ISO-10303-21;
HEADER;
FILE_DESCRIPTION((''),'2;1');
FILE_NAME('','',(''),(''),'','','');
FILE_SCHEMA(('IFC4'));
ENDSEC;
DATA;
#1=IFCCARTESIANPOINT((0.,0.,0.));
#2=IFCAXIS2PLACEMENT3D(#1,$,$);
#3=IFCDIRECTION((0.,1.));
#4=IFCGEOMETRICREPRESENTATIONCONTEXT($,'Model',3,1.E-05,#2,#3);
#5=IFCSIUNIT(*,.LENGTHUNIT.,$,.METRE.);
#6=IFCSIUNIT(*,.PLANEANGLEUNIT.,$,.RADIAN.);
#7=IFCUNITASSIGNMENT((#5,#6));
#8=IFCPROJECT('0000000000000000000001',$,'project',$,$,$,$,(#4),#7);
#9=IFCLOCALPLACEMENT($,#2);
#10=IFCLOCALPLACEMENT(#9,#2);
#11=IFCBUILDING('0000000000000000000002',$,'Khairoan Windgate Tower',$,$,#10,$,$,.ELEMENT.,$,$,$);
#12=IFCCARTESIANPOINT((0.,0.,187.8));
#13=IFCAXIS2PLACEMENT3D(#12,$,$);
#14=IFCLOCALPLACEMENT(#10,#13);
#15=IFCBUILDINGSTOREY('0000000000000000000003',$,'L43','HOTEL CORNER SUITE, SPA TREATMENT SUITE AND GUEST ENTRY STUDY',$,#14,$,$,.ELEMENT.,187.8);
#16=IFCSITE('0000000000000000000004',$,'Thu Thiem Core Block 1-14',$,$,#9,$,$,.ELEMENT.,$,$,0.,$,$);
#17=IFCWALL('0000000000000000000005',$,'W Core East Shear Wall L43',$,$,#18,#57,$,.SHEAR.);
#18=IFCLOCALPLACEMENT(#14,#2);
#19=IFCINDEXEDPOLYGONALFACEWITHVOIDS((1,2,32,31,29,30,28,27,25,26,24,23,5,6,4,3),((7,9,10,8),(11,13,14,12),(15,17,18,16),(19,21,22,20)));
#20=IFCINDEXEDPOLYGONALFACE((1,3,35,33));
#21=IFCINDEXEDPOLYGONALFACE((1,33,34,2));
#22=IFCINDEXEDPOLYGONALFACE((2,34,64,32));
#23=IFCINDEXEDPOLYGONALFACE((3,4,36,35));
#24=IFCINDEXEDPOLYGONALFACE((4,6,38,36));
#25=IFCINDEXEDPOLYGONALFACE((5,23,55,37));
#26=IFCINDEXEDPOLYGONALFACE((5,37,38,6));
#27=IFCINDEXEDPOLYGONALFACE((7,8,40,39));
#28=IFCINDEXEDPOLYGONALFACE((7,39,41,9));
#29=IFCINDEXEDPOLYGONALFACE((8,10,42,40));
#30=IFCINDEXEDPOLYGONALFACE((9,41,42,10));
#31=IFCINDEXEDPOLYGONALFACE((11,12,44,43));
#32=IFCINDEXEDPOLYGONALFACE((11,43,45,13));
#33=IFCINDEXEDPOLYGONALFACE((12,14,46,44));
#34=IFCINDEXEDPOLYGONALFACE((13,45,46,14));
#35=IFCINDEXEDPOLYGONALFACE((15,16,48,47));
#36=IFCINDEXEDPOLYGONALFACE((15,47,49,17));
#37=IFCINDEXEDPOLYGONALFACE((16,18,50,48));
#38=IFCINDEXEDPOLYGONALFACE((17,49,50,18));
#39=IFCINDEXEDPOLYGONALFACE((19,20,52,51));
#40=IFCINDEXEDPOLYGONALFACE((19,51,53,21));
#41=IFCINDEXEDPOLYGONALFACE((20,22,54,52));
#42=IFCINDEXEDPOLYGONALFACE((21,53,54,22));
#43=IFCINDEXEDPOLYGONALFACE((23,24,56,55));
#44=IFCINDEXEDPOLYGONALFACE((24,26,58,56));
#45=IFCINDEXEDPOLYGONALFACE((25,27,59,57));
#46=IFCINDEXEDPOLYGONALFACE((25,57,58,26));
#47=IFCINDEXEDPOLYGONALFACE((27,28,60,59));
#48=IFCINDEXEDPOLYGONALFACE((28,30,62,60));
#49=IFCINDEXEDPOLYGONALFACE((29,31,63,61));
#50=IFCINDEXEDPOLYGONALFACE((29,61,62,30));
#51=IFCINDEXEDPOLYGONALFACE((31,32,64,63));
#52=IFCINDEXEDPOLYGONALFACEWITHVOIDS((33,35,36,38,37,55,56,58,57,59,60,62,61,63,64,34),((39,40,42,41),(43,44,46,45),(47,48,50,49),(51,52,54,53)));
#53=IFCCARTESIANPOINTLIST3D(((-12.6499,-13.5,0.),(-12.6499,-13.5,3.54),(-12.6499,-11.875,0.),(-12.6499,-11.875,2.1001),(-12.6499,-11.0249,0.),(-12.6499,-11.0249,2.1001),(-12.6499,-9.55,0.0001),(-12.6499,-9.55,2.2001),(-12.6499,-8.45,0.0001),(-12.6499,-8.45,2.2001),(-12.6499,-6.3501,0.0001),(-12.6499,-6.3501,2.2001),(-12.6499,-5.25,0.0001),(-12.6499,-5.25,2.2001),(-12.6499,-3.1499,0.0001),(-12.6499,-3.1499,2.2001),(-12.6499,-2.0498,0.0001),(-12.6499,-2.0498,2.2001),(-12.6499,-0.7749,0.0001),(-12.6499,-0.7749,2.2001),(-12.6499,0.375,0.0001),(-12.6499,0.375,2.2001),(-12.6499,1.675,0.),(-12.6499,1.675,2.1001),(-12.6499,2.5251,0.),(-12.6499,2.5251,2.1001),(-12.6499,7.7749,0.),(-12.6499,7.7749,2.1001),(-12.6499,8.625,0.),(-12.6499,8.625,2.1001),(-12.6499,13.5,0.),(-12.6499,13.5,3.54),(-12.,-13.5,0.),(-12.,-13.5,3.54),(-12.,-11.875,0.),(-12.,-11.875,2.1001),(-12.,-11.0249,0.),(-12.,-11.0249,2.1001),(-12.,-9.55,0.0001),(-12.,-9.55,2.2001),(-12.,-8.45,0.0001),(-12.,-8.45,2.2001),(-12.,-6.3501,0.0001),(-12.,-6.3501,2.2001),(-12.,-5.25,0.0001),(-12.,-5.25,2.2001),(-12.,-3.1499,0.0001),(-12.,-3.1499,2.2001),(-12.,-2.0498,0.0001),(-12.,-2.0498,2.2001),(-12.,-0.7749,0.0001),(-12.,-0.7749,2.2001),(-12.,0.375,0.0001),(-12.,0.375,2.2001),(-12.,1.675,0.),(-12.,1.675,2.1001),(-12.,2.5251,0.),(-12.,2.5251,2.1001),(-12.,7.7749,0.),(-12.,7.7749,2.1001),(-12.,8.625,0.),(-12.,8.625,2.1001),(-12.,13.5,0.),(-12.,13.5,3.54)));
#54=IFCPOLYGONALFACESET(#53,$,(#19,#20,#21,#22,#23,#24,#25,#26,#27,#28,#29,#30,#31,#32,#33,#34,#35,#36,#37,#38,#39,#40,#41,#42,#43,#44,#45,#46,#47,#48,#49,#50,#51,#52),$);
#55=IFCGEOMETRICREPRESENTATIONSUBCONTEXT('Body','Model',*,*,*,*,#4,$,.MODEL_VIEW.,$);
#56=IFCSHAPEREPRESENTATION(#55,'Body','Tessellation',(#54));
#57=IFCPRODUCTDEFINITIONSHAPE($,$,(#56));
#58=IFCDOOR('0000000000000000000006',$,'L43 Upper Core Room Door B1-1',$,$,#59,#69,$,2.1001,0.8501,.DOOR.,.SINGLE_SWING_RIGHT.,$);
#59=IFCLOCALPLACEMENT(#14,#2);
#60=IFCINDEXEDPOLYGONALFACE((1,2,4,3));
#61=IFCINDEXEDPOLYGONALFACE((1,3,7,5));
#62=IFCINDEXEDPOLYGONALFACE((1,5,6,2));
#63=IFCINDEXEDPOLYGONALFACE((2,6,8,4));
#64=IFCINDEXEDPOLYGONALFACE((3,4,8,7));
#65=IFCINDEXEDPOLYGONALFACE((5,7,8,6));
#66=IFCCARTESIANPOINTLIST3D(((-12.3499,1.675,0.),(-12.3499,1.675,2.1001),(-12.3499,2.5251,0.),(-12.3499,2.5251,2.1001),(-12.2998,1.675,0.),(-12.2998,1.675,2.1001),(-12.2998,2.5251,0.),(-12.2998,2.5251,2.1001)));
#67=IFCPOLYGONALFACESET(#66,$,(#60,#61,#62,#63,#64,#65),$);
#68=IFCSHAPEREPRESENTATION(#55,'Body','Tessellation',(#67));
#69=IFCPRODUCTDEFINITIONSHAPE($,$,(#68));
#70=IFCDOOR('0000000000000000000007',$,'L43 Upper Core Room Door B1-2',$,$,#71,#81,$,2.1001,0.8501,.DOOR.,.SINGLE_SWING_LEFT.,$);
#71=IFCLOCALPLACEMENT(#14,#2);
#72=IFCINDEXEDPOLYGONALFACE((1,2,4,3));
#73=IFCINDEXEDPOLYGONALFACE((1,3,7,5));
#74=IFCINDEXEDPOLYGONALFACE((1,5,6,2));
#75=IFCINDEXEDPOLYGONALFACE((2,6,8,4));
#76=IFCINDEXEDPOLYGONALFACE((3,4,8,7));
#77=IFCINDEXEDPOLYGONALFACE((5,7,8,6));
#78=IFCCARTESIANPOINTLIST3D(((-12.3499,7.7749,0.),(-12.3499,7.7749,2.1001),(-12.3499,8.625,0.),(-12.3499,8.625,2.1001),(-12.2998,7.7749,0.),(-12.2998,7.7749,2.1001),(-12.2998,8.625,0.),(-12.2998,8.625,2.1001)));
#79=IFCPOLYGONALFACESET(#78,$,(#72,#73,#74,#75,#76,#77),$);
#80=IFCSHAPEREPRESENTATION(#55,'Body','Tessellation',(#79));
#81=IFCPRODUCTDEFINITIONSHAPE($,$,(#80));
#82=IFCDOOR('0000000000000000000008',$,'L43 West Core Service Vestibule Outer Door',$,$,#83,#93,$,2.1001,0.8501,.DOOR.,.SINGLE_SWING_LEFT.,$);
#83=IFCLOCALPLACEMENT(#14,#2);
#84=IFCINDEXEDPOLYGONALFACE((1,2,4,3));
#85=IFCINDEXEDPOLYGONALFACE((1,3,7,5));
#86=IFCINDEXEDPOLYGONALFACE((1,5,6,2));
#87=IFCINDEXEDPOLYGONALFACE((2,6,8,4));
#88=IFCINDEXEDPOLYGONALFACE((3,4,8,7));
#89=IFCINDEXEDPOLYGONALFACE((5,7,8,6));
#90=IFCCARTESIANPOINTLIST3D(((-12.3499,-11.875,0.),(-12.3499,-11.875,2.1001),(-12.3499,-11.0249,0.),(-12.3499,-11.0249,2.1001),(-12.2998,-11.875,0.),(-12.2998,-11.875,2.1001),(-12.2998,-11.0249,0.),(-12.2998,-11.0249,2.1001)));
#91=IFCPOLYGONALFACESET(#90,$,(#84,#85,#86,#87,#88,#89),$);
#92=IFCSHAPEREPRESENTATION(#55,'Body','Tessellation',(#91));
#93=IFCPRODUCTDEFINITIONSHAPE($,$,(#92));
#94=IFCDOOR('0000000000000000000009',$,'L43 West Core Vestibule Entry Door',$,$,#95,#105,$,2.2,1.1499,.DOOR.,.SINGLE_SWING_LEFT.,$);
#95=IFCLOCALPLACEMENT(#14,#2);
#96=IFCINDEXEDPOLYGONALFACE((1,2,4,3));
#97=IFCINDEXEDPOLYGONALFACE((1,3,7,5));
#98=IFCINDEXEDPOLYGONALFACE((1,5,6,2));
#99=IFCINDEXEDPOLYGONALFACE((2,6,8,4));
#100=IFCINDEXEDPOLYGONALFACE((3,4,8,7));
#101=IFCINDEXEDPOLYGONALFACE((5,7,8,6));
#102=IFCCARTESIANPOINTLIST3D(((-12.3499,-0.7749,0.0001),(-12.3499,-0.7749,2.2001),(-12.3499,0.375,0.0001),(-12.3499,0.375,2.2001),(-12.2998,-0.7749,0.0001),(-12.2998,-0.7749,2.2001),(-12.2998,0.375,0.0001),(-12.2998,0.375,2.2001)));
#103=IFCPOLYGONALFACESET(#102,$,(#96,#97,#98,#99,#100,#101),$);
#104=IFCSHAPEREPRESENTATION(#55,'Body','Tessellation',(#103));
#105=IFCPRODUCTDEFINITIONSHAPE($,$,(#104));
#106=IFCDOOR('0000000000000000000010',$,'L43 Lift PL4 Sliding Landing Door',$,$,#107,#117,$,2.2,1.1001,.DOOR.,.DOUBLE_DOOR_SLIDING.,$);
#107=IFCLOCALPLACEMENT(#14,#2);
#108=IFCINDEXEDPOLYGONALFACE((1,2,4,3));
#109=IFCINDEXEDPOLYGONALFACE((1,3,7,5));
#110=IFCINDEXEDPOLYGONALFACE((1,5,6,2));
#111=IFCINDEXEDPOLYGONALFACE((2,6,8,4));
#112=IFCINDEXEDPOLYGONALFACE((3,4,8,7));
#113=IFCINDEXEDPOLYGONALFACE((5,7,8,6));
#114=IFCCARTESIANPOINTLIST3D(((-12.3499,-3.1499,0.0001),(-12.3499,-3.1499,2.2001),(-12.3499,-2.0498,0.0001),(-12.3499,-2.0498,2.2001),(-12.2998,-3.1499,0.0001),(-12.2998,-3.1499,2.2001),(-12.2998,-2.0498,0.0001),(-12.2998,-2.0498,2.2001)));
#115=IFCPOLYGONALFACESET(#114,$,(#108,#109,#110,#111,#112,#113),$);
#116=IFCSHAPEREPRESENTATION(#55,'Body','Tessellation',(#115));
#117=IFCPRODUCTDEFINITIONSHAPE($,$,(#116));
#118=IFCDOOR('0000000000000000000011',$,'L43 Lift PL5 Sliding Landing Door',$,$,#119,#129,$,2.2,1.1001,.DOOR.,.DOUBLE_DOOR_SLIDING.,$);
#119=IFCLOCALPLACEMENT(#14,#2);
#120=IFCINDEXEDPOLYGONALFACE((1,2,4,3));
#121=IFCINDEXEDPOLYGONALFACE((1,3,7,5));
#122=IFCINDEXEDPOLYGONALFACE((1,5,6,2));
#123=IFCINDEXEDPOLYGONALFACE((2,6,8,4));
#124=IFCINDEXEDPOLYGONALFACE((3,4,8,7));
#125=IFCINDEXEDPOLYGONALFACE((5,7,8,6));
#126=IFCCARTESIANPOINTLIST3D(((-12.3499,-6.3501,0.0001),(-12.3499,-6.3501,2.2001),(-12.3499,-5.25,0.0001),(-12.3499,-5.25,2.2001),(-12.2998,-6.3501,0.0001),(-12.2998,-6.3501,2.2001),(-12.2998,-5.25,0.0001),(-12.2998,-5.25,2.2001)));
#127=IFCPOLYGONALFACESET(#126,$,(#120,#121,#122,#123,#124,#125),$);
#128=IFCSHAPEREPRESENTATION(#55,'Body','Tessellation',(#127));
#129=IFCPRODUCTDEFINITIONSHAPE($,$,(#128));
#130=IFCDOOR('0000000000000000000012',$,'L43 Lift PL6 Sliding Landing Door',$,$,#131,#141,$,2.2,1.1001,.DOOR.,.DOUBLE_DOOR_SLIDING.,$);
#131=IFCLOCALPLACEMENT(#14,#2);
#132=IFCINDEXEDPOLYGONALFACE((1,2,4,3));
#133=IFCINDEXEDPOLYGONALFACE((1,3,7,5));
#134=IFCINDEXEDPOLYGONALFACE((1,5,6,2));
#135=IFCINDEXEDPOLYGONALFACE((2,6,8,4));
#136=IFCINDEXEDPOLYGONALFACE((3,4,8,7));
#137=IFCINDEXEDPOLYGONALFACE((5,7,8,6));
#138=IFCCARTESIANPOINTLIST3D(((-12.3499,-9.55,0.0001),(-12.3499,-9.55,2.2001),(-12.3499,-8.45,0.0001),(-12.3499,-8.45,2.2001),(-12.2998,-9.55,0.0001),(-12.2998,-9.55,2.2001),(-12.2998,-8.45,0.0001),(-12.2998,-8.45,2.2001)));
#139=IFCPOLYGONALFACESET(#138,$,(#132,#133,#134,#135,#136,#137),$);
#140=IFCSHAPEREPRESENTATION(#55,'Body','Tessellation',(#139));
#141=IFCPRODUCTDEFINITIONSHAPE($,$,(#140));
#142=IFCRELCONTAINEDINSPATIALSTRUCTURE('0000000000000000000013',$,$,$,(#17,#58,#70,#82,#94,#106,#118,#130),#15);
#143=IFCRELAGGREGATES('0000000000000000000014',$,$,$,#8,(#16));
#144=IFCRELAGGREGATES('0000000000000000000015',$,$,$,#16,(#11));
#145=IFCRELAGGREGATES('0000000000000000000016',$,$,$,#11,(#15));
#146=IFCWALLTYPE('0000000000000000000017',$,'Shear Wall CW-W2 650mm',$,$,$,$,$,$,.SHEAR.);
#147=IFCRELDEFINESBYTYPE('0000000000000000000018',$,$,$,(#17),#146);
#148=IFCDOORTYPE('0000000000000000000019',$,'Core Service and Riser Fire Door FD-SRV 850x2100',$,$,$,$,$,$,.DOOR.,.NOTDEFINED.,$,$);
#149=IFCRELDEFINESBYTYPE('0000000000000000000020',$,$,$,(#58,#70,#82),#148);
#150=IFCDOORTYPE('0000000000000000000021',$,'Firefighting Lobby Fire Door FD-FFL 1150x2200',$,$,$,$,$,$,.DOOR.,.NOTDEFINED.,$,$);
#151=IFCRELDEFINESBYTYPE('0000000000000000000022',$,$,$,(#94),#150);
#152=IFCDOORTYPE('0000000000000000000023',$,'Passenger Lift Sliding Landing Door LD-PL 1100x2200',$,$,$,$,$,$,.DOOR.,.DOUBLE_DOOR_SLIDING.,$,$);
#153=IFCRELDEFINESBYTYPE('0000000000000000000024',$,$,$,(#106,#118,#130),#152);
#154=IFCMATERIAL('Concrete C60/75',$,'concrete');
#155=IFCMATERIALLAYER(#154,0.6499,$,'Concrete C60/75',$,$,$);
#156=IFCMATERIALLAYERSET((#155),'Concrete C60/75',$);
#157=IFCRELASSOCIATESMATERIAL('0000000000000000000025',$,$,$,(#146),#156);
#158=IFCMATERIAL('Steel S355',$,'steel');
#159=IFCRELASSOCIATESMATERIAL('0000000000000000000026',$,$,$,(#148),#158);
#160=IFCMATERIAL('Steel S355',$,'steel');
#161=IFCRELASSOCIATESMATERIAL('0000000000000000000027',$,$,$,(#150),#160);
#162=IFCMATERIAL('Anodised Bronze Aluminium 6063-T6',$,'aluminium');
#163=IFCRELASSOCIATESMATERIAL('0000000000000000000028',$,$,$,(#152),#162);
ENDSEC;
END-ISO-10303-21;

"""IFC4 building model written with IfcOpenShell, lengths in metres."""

from ifc_helpers import new_model, si_unit, direction, frame, frame_2d, origin, place, context, subcontext, project, spatial, rectangle, extrude, material, layer, layer_set, type_object, element, fill, save


model = new_model("IFC4")

# Units and contexts
model_context = context("Model", 3, precision=1e-05, world=origin(), true_north=direction((0.0, 1.0)))
body_context = subcontext(model_context, "Body", "Model", "MODEL_VIEW")
ifc_project = project(units=[si_unit("LENGTHUNIT", "METRE"), si_unit("PLANEANGLEUNIT", "RADIAN")], contexts=[model_context])

# Site, building, storey
site_placement = place(None, origin())
site = spatial("IfcSite", under=ifc_project, at=site_placement, Name="Thu Thiem Core Block 1-14", CompositionType="ELEMENT", RefElevation=0.0)
building_placement = place(site_placement, origin())
building = spatial("IfcBuilding", under=site, at=building_placement, Name="Khairoan Windgate Tower", CompositionType="ELEMENT")
storey_placement = place(building_placement, frame((0.0, 0.0, 187.8)))
storey = spatial("IfcBuildingStorey", under=building, at=storey_placement, Name="L43", Description="HOTEL CORNER SUITE, SPA TREATMENT SUITE AND GUEST ENTRY STUDY", CompositionType="ELEMENT", Elevation=187.8)

# Wall, openings, doors
ifc_material_1 = material(Name="Concrete C60/75", Category="concrete")
ifc_layer_1 = layer(ifc_material_1, 0.6499, Name="Concrete C60/75")
ifc_layer_set_1 = layer_set([ifc_layer_1], Name="Concrete C60/75")
wall_type_1 = type_object("IfcWallType", Name="Shear Wall CW-W2 650mm", PredefinedType="SHEAR", material=ifc_layer_set_1)
wall_1_placement = place(storey_placement, frame((-12.325, -13.5, 0.0), z_axis=(0.0, 0.0, 1.0), x_axis=(0.0, 1.0, 0.0)))
wall_1 = element("IfcWall", 1, at=wall_1_placement, inside=storey, type_object=wall_type_1, Name="W Core East Shear Wall L43", PredefinedType="SHEAR", context=body_context, shape_type="SweptSolid", body=[
    extrude(rectangle(XDim=27.0, YDim=0.6499, at=frame_2d((13.5, 0.0))), origin(), (0.0, 0.0, 1.0), 3.54),
])
opening_1_placement = place(wall_1_placement, frame((10.3501, 0.0, 0.0)))
opening_1 = element("IfcOpeningElement", 2, at=opening_1_placement, cuts=wall_1, PredefinedType="OPENING", context=body_context, shape_type="SweptSolid", body=[
    extrude(rectangle(XDim=1.1001, YDim=2.2, at=frame_2d((0.55, 1.1001))), frame((0.0, 0.335, 0.0), z_axis=(0.0, -1.0, 0.0), x_axis=(1.0, 0.0, 0.0)), (0.0, 0.0, 1.0), 0.6699),
])
opening_2_placement = place(wall_1_placement, frame((7.1499, 0.0, 0.0)))
opening_2 = element("IfcOpeningElement", 3, at=opening_2_placement, cuts=wall_1, PredefinedType="OPENING", context=body_context, shape_type="SweptSolid", body=[
    extrude(rectangle(XDim=1.1001, YDim=2.2, at=frame_2d((0.55, 1.1001))), frame((0.0, 0.335, 0.0), z_axis=(0.0, -1.0, 0.0), x_axis=(1.0, 0.0, 0.0)), (0.0, 0.0, 1.0), 0.6699),
])
opening_3_placement = place(wall_1_placement, frame((3.95, 0.0, 0.0)))
opening_3 = element("IfcOpeningElement", 4, at=opening_3_placement, cuts=wall_1, PredefinedType="OPENING", context=body_context, shape_type="SweptSolid", body=[
    extrude(rectangle(XDim=1.1001, YDim=2.2, at=frame_2d((0.55, 1.1001))), frame((0.0, 0.335, 0.0), z_axis=(0.0, -1.0, 0.0), x_axis=(1.0, 0.0, 0.0)), (0.0, 0.0, 1.0), 0.6699),
])
opening_4_placement = place(wall_1_placement, frame((15.175, 0.0, 0.0)))
opening_4 = element("IfcOpeningElement", 5, at=opening_4_placement, cuts=wall_1, PredefinedType="OPENING", context=body_context, shape_type="SweptSolid", body=[
    extrude(rectangle(XDim=0.8501, YDim=2.1001, at=frame_2d((0.425, 1.05))), frame((0.0, 0.335, 0.0), z_axis=(0.0, -1.0, 0.0), x_axis=(1.0, 0.0, 0.0)), (0.0, 0.0, 1.0), 0.6699),
])
opening_5_placement = place(wall_1_placement, frame((21.2749, 0.0, 0.0)))
opening_5 = element("IfcOpeningElement", 6, at=opening_5_placement, cuts=wall_1, PredefinedType="OPENING", context=body_context, shape_type="SweptSolid", body=[
    extrude(rectangle(XDim=0.8501, YDim=2.1001, at=frame_2d((0.425, 1.05))), frame((0.0, 0.335, 0.0), z_axis=(0.0, -1.0, 0.0), x_axis=(1.0, 0.0, 0.0)), (0.0, 0.0, 1.0), 0.6699),
])
opening_6_placement = place(wall_1_placement, frame((12.7251, 0.0, 0.0)))
opening_6 = element("IfcOpeningElement", 7, at=opening_6_placement, cuts=wall_1, PredefinedType="OPENING", context=body_context, shape_type="SweptSolid", body=[
    extrude(rectangle(XDim=1.1499, YDim=2.2, at=frame_2d((0.575, 1.1001))), frame((0.0, 0.335, 0.0), z_axis=(0.0, -1.0, 0.0), x_axis=(1.0, 0.0, 0.0)), (0.0, 0.0, 1.0), 0.6699),
])
opening_7_placement = place(wall_1_placement, frame((1.625, 0.0, 0.0)))
opening_7 = element("IfcOpeningElement", 8, at=opening_7_placement, cuts=wall_1, PredefinedType="OPENING", context=body_context, shape_type="SweptSolid", body=[
    extrude(rectangle(XDim=0.8501, YDim=2.1001, at=frame_2d((0.425, 1.05))), frame((0.0, 0.335, 0.0), z_axis=(0.0, -1.0, 0.0), x_axis=(1.0, 0.0, 0.0)), (0.0, 0.0, 1.0), 0.6699),
])
ifc_material_2 = material(Name="Steel S355", Category="steel")
door_type_1 = type_object("IfcDoorType", Name="Core Service and Riser Fire Door FD-SRV 850x2100", OperationType="NOTDEFINED", PredefinedType="DOOR", material=ifc_material_2)
door_1_placement = place(opening_4_placement, origin())
door_1 = element("IfcDoor", 9, at=door_1_placement, inside=storey, type_object=door_type_1, Name="L43 Upper Core Room Door B1-1", OperationType="SINGLE_SWING_RIGHT", OverallHeight=2.1001, OverallWidth=0.8501, PredefinedType="DOOR", context=body_context, shape_type="SweptSolid", body=[
    extrude(rectangle(XDim=0.8501, YDim=2.1001, at=frame_2d((0.425, 1.05))), frame((0.0, 0.0249, 0.0), z_axis=(0.0, -1.0, 0.0), x_axis=(1.0, 0.0, 0.0)), (0.0, 0.0, 1.0), 0.05),
])
fill(opening_4, door_1)
door_2_placement = place(opening_5_placement, origin())
door_2 = element("IfcDoor", 10, at=door_2_placement, inside=storey, type_object=door_type_1, Name="L43 Upper Core Room Door B1-2", OperationType="SINGLE_SWING_LEFT", OverallHeight=2.1001, OverallWidth=0.8501, PredefinedType="DOOR", context=body_context, shape_type="SweptSolid", body=[
    extrude(rectangle(XDim=0.8501, YDim=2.1001, at=frame_2d((0.425, 1.05))), frame((0.0, 0.0249, 0.0), z_axis=(0.0, -1.0, 0.0), x_axis=(1.0, 0.0, 0.0)), (0.0, 0.0, 1.0), 0.05),
])
fill(opening_5, door_2)
door_3_placement = place(opening_7_placement, origin())
door_3 = element("IfcDoor", 11, at=door_3_placement, inside=storey, type_object=door_type_1, Name="L43 West Core Service Vestibule Outer Door", OperationType="SINGLE_SWING_LEFT", OverallHeight=2.1001, OverallWidth=0.8501, PredefinedType="DOOR", context=body_context, shape_type="SweptSolid", body=[
    extrude(rectangle(XDim=0.8501, YDim=2.1001, at=frame_2d((0.425, 1.05))), frame((0.0, 0.0249, 0.0), z_axis=(0.0, -1.0, 0.0), x_axis=(1.0, 0.0, 0.0)), (0.0, 0.0, 1.0), 0.05),
])
fill(opening_7, door_3)
ifc_material_3 = material(Name="Steel S355", Category="steel")
door_type_2 = type_object("IfcDoorType", Name="Firefighting Lobby Fire Door FD-FFL 1150x2200", OperationType="NOTDEFINED", PredefinedType="DOOR", material=ifc_material_3)
door_4_placement = place(opening_6_placement, origin())
door_4 = element("IfcDoor", 12, at=door_4_placement, inside=storey, type_object=door_type_2, Name="L43 West Core Vestibule Entry Door", OperationType="SINGLE_SWING_LEFT", OverallHeight=2.2, OverallWidth=1.1499, PredefinedType="DOOR", context=body_context, shape_type="SweptSolid", body=[
    extrude(rectangle(XDim=1.1499, YDim=2.2, at=frame_2d((0.575, 1.1001))), frame((0.0, 0.0249, 0.0), z_axis=(0.0, -1.0, 0.0), x_axis=(1.0, 0.0, 0.0)), (0.0, 0.0, 1.0), 0.05),
])
fill(opening_6, door_4)
ifc_material_4 = material(Name="Anodised Bronze Aluminium 6063-T6", Category="aluminium")
door_type_3 = type_object("IfcDoorType", Name="Passenger Lift Sliding Landing Door LD-PL 1100x2200", OperationType="DOUBLE_DOOR_SLIDING", PredefinedType="DOOR", material=ifc_material_4)
door_5_placement = place(opening_1_placement, origin())
door_5 = element("IfcDoor", 13, at=door_5_placement, inside=storey, type_object=door_type_3, Name="L43 Lift PL4 Sliding Landing Door", OperationType="DOUBLE_DOOR_SLIDING", OverallHeight=2.2, OverallWidth=1.1001, PredefinedType="DOOR", context=body_context, shape_type="SweptSolid", body=[
    extrude(rectangle(XDim=1.1001, YDim=2.2, at=frame_2d((0.55, 1.1001))), frame((0.0, 0.0249, 0.0), z_axis=(0.0, -1.0, 0.0), x_axis=(1.0, 0.0, 0.0)), (0.0, 0.0, 1.0), 0.05),
])
fill(opening_1, door_5)
door_6_placement = place(opening_2_placement, origin())
door_6 = element("IfcDoor", 14, at=door_6_placement, inside=storey, type_object=door_type_3, Name="L43 Lift PL5 Sliding Landing Door", OperationType="DOUBLE_DOOR_SLIDING", OverallHeight=2.2, OverallWidth=1.1001, PredefinedType="DOOR", context=body_context, shape_type="SweptSolid", body=[
    extrude(rectangle(XDim=1.1001, YDim=2.2, at=frame_2d((0.55, 1.1001))), frame((0.0, 0.0249, 0.0), z_axis=(0.0, -1.0, 0.0), x_axis=(1.0, 0.0, 0.0)), (0.0, 0.0, 1.0), 0.05),
])
fill(opening_2, door_6)
door_7_placement = place(opening_3_placement, origin())
door_7 = element("IfcDoor", 15, at=door_7_placement, inside=storey, type_object=door_type_3, Name="L43 Lift PL6 Sliding Landing Door", OperationType="DOUBLE_DOOR_SLIDING", OverallHeight=2.2, OverallWidth=1.1001, PredefinedType="DOOR", context=body_context, shape_type="SweptSolid", body=[
    extrude(rectangle(XDim=1.1001, YDim=2.2, at=frame_2d((0.55, 1.1001))), frame((0.0, 0.0249, 0.0), z_axis=(0.0, -1.0, 0.0), x_axis=(1.0, 0.0, 0.0)), (0.0, 0.0, 1.0), 0.05),
])
fill(opening_3, door_7)

save(model, "model.ifc")
